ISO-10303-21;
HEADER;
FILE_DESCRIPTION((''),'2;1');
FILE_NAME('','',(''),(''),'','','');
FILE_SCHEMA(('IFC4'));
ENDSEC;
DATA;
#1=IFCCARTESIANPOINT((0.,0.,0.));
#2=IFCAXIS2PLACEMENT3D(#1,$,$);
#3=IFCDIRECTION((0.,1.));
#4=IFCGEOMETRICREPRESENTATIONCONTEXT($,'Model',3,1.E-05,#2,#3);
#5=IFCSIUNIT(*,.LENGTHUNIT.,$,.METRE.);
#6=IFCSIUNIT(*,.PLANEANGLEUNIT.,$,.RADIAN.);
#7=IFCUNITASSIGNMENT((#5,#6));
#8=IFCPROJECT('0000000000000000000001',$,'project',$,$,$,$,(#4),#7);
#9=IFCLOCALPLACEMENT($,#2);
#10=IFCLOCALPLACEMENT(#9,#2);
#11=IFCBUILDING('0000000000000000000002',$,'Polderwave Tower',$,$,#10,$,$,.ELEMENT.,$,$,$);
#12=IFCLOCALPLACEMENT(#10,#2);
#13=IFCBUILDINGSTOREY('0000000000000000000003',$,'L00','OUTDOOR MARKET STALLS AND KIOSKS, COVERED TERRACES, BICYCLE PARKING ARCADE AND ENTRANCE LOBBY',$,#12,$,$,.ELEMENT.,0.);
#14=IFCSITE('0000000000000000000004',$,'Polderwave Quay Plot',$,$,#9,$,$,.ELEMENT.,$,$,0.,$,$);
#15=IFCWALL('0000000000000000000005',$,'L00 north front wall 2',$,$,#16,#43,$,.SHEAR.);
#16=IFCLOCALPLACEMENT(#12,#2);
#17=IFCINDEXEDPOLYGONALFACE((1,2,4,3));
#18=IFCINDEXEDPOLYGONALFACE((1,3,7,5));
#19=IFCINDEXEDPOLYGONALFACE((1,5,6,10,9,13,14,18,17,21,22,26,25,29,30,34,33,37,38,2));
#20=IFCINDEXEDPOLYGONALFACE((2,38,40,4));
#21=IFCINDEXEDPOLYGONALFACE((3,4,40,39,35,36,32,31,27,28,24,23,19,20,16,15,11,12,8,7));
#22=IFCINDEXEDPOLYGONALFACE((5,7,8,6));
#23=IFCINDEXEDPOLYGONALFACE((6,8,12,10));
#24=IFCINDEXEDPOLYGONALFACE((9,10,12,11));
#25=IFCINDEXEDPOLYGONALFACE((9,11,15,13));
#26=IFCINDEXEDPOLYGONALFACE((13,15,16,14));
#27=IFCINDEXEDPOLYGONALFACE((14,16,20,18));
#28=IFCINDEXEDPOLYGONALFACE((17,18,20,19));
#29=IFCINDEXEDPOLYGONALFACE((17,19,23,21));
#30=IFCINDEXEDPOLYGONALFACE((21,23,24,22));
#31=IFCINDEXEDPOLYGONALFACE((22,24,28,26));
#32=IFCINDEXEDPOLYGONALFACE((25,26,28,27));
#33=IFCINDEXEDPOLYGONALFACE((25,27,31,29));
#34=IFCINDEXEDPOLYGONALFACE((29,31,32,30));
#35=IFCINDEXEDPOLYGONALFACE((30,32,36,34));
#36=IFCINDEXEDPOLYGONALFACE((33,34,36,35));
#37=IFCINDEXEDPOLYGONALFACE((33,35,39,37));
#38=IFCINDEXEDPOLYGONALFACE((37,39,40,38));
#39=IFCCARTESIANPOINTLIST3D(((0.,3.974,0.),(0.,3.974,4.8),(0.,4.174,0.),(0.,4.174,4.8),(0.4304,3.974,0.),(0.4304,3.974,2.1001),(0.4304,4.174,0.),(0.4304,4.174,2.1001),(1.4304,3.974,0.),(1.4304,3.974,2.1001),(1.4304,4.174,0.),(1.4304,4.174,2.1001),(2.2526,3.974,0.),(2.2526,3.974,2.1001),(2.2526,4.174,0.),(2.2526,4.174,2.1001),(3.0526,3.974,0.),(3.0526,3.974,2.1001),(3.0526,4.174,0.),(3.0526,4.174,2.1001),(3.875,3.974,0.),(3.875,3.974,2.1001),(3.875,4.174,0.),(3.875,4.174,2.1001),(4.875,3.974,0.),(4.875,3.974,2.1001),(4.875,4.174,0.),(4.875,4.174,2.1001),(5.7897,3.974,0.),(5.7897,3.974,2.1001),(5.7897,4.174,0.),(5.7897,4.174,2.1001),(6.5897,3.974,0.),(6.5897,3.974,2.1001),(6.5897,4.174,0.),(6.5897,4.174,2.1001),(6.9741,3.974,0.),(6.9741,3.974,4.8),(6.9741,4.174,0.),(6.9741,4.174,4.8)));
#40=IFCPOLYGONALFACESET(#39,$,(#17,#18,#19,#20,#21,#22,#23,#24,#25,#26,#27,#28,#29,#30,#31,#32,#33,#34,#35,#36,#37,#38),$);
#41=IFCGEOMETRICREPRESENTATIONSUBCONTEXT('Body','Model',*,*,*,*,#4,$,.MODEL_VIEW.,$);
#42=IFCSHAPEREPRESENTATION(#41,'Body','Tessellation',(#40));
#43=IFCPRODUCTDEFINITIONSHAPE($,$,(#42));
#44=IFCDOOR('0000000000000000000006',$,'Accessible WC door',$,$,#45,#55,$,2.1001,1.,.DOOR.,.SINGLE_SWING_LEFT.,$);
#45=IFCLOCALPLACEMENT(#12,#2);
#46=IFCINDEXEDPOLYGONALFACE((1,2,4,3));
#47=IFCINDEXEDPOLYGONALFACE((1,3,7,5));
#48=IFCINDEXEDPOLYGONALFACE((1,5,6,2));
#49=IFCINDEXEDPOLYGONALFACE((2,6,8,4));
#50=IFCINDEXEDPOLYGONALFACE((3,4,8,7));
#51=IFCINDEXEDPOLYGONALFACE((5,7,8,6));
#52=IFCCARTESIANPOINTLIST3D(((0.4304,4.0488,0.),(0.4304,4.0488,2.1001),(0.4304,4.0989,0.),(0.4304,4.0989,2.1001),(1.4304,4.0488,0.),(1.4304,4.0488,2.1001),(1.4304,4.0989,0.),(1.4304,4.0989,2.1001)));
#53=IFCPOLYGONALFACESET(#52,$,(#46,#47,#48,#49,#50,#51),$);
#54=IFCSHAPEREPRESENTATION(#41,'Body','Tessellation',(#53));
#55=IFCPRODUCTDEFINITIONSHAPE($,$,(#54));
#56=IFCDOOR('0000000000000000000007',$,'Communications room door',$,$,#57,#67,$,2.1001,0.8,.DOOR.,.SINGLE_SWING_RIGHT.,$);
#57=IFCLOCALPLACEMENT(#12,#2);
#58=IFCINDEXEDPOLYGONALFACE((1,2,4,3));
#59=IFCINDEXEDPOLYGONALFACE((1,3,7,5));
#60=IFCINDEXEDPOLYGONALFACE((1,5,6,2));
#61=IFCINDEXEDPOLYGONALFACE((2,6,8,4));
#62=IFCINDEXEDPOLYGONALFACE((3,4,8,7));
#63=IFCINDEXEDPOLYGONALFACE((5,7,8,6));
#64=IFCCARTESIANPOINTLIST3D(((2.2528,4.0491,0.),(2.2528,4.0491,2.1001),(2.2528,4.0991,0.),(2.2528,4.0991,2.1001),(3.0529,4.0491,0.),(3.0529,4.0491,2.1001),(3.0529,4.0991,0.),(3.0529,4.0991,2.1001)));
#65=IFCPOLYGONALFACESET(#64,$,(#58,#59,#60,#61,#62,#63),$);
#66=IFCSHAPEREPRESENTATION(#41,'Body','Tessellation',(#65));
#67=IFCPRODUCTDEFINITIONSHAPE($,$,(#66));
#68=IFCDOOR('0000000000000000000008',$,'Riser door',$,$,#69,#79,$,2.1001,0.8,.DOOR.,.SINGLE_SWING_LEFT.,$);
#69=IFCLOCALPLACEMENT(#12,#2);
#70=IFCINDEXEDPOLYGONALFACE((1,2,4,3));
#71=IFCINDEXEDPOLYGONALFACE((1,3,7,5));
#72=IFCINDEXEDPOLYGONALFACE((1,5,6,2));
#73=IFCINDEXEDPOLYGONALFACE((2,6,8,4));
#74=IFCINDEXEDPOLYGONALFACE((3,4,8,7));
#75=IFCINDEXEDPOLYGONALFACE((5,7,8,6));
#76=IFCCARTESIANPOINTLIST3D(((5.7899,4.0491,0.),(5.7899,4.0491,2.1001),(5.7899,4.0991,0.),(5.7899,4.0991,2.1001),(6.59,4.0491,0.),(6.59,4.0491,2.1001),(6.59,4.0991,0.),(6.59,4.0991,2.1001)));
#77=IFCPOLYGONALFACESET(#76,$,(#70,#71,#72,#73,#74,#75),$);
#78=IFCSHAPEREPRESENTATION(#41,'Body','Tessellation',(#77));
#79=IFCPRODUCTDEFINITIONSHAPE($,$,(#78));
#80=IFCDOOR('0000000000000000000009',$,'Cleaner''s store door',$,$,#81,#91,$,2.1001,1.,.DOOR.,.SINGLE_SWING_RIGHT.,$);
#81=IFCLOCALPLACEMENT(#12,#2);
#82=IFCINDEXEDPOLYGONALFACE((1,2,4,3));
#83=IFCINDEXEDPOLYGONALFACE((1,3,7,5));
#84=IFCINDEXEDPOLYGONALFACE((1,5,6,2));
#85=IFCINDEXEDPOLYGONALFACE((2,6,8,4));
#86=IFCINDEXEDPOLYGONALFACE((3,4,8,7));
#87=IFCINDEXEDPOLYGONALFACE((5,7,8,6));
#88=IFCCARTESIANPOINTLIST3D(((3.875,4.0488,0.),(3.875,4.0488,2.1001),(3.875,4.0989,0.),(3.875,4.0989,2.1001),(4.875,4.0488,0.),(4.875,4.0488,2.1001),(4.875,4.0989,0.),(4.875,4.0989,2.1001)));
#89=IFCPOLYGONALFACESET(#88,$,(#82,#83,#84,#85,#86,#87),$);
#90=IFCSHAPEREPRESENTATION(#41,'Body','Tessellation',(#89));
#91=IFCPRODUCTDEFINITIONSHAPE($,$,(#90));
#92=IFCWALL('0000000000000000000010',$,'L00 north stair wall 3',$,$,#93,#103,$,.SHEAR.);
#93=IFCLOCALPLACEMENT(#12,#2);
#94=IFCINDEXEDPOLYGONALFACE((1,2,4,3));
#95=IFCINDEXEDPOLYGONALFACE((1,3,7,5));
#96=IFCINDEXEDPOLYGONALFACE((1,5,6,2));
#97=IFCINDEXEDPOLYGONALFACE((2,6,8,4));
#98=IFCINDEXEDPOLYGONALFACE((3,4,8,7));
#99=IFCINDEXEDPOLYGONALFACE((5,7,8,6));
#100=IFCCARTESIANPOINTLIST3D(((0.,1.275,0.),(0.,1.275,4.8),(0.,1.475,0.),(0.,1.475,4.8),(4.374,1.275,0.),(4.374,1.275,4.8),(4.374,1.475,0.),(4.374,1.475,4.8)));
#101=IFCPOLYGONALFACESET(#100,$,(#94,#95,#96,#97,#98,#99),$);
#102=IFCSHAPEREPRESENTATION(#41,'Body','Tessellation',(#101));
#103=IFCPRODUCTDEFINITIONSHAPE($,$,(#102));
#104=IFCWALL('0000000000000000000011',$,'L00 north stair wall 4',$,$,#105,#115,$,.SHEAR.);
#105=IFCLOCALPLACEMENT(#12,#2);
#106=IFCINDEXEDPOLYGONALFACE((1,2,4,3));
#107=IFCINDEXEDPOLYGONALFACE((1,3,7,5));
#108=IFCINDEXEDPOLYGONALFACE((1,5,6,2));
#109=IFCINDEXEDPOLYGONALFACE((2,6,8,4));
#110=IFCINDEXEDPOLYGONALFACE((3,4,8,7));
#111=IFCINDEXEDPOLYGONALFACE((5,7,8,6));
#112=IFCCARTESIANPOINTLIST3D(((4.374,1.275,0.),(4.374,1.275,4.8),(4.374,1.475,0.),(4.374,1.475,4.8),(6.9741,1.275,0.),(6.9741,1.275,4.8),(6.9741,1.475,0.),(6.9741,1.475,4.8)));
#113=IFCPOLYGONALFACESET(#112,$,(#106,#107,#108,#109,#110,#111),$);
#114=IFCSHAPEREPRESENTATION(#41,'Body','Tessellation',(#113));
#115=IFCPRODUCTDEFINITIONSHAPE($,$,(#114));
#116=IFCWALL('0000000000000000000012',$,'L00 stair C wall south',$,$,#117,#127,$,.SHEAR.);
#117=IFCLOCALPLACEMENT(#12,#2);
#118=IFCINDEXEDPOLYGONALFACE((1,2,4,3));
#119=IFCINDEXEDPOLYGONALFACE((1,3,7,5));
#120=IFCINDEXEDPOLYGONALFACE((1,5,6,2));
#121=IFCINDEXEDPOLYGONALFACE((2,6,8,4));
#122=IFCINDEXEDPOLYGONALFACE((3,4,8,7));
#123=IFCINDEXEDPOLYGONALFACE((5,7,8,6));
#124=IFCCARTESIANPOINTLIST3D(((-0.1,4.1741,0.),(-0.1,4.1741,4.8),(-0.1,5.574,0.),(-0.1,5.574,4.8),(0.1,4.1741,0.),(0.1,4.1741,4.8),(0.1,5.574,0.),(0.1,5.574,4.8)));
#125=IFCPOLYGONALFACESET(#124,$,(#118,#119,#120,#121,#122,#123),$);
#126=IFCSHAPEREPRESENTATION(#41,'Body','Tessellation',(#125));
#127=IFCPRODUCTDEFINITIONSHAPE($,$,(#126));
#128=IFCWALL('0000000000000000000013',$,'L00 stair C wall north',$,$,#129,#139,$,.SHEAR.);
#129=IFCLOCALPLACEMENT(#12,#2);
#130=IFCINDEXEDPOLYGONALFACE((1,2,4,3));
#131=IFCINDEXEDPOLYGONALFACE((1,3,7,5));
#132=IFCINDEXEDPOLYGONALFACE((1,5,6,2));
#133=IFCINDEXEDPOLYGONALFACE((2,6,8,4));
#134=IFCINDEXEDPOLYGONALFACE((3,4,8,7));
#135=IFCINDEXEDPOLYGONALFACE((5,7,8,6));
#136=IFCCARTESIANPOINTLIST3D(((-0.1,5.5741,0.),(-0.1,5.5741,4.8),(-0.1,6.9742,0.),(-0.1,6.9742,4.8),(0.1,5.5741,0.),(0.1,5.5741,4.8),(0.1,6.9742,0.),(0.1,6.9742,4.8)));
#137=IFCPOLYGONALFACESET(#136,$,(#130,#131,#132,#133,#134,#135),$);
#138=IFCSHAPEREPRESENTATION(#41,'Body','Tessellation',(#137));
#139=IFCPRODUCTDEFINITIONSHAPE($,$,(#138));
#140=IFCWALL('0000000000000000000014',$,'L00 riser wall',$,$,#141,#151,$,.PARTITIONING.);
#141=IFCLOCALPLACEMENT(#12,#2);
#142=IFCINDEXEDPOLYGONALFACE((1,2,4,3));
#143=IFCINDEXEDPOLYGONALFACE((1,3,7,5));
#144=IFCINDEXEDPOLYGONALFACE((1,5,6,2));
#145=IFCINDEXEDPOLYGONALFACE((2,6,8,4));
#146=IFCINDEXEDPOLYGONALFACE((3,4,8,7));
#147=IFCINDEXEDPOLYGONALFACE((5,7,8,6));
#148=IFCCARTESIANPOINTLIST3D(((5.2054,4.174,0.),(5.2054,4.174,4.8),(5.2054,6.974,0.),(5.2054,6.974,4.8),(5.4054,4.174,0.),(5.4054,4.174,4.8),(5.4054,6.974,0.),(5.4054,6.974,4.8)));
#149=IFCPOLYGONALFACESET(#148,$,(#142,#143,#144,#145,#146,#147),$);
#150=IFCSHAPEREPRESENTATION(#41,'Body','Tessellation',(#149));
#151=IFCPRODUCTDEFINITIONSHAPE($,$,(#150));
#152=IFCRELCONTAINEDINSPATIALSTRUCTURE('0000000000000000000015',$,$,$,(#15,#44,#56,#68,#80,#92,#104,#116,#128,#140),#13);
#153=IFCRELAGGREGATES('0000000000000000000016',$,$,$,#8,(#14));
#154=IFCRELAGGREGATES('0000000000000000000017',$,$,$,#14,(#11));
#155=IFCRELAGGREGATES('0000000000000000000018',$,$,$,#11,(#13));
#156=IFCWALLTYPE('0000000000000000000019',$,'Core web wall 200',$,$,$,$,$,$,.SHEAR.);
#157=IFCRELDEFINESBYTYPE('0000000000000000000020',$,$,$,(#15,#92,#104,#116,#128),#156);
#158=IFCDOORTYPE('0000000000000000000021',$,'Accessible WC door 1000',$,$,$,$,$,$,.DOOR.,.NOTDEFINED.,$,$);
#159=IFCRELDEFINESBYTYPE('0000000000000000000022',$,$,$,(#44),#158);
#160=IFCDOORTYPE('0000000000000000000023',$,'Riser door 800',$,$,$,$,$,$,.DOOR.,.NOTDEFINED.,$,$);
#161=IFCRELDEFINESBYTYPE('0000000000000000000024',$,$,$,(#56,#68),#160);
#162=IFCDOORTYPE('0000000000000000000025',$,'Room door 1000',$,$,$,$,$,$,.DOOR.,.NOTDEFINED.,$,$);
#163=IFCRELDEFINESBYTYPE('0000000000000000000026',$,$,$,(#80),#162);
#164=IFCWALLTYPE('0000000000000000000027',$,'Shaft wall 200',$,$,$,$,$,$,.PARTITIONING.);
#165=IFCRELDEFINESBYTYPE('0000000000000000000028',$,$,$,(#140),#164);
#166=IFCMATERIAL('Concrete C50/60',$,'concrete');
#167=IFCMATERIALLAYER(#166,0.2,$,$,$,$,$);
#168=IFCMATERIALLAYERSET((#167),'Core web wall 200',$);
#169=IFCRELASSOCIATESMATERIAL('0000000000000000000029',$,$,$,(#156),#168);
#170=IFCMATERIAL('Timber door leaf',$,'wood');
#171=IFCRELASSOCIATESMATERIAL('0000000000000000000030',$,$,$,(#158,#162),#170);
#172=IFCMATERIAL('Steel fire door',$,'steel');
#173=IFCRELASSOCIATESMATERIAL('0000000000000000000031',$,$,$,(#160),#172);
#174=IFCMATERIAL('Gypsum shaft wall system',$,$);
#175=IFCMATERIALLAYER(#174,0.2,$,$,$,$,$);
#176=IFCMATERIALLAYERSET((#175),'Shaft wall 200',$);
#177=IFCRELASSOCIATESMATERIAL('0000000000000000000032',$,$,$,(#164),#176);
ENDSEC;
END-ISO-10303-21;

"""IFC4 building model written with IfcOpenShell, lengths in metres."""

from ifc_helpers import new_model, si_unit, direction, frame, frame_2d, origin, place, context, subcontext, project, spatial, rectangle, extrude, material, layer, layer_set, type_object, element, fill, save


model = new_model("IFC4")

# Units and contexts
model_context = context("Model", 3, precision=1e-05, world=origin(), true_north=direction((0.0, 1.0)))
body_context = subcontext(model_context, "Body", "Model", "MODEL_VIEW")
ifc_project = project(units=[si_unit("LENGTHUNIT", "METRE"), si_unit("PLANEANGLEUNIT", "RADIAN")], contexts=[model_context])

# Site, building, storey
site_placement = place(None, origin())
site = spatial("IfcSite", under=ifc_project, at=site_placement, Name="Polderwave Quay Plot", CompositionType="ELEMENT", RefElevation=0.0)
building_placement = place(site_placement, origin())
building = spatial("IfcBuilding", under=site, at=building_placement, Name="Polderwave Tower", CompositionType="ELEMENT")
storey_placement = place(building_placement, origin())
storey = spatial("IfcBuildingStorey", under=building, at=storey_placement, Name="L00", Description="OUTDOOR MARKET STALLS AND KIOSKS, COVERED TERRACES, BICYCLE PARKING ARCADE AND ENTRANCE LOBBY", CompositionType="ELEMENT", Elevation=0.0)

# Wall, openings, doors
ifc_material_1 = material(Name="Concrete C50/60", Category="concrete")
ifc_layer_1 = layer(ifc_material_1, 0.2)
ifc_layer_set_1 = layer_set([ifc_layer_1], Name="Core web wall 200")
wall_type_1 = type_object("IfcWallType", Name="Core web wall 200", PredefinedType="SHEAR", material=ifc_layer_set_1)
wall_1_placement = place(storey_placement, frame((0.0, 4.074, 0.0), z_axis=(0.0, 0.0, 1.0), x_axis=(1.0, 0.0, 0.0)))
wall_1 = element("IfcWall", 1, at=wall_1_placement, inside=storey, type_object=wall_type_1, Name="L00 north front wall 2", PredefinedType="SHEAR", context=body_context, shape_type="SweptSolid", body=[
    extrude(rectangle(XDim=6.9741, YDim=0.2, at=frame_2d((3.4871, 0.0))), origin(), (0.0, 0.0, 1.0), 4.8),
])
opening_1_placement = place(wall_1_placement, frame((0.4304, 0.0, 0.0)))
opening_1 = element("IfcOpeningElement", 2, at=opening_1_placement, cuts=wall_1, PredefinedType="OPENING", context=body_context, shape_type="SweptSolid", body=[
    extrude(rectangle(XDim=1.0, YDim=2.1001, at=frame_2d((0.5, 1.05))), frame((0.0, 0.1099, 0.0), z_axis=(0.0, -1.0, 0.0), x_axis=(1.0, 0.0, 0.0)), (0.0, 0.0, 1.0), 0.22),
])
opening_2_placement = place(wall_1_placement, frame((2.2527, 0.0, 0.0)))
opening_2 = element("IfcOpeningElement", 3, at=opening_2_placement, cuts=wall_1, PredefinedType="OPENING", context=body_context, shape_type="SweptSolid", body=[
    extrude(rectangle(XDim=0.8, YDim=2.1001, at=frame_2d((0.3999, 1.05))), frame((0.0, 0.1099, 0.0), z_axis=(0.0, -1.0, 0.0), x_axis=(1.0, 0.0, 0.0)), (0.0, 0.0, 1.0), 0.22),
])
opening_3_placement = place(wall_1_placement, frame((3.875, 0.0, 0.0)))
opening_3 = element("IfcOpeningElement", 4, at=opening_3_placement, cuts=wall_1, PredefinedType="OPENING", context=body_context, shape_type="SweptSolid", body=[
    extrude(rectangle(XDim=1.0, YDim=2.1001, at=frame_2d((0.5, 1.05))), frame((0.0, 0.1099, 0.0), z_axis=(0.0, -1.0, 0.0), x_axis=(1.0, 0.0, 0.0)), (0.0, 0.0, 1.0), 0.22),
])
opening_4_placement = place(wall_1_placement, frame((5.7898, 0.0, 0.0)))
opening_4 = element("IfcOpeningElement", 5, at=opening_4_placement, cuts=wall_1, PredefinedType="OPENING", context=body_context, shape_type="SweptSolid", body=[
    extrude(rectangle(XDim=0.8, YDim=2.1001, at=frame_2d((0.3999, 1.05))), frame((0.0, 0.1099, 0.0), z_axis=(0.0, -1.0, 0.0), x_axis=(1.0, 0.0, 0.0)), (0.0, 0.0, 1.0), 0.22),
])
ifc_material_2 = material(Name="Timber door leaf", Category="wood")
door_type_1 = type_object("IfcDoorType", Name="Accessible WC door 1000", OperationType="NOTDEFINED", PredefinedType="DOOR", material=ifc_material_2)
door_1_placement = place(opening_1_placement, origin())
door_1 = element("IfcDoor", 6, at=door_1_placement, inside=storey, type_object=door_type_1, Name="Accessible WC door", OperationType="SINGLE_SWING_LEFT", OverallHeight=2.1001, OverallWidth=1.0, PredefinedType="DOOR", context=body_context, shape_type="SweptSolid", body=[
    extrude(rectangle(XDim=1.0, YDim=2.1001, at=frame_2d((0.5, 1.05))), frame((0.0, 0.0249, 0.0), z_axis=(0.0, -1.0, 0.0), x_axis=(1.0, 0.0, 0.0)), (0.0, 0.0, 1.0), 0.05),
])
fill(opening_1, door_1)
ifc_material_3 = material(Name="Steel fire door", Category="steel")
door_type_2 = type_object("IfcDoorType", Name="Riser door 800", OperationType="NOTDEFINED", PredefinedType="DOOR", material=ifc_material_3)
door_2_placement = place(opening_2_placement, frame((0.8, 0.0, 0.0), z_axis=(0.0, 0.0, 1.0), x_axis=(-1.0, 0.0, 0.0)))
door_2 = element("IfcDoor", 7, at=door_2_placement, inside=storey, type_object=door_type_2, Name="Communications room door", OperationType="SINGLE_SWING_RIGHT", OverallHeight=2.1001, OverallWidth=0.8, PredefinedType="DOOR", context=body_context, shape_type="SweptSolid", body=[
    extrude(rectangle(XDim=0.8, YDim=2.1001, at=frame_2d((0.3999, 1.05))), frame((0.0, 0.0249, 0.0), z_axis=(0.0, -1.0, 0.0), x_axis=(1.0, 0.0, 0.0)), (0.0, 0.0, 1.0), 0.05),
])
fill(opening_2, door_2)
door_3_placement = place(opening_4_placement, frame((0.8, 0.0, 0.0), z_axis=(0.0, 0.0, 1.0), x_axis=(-1.0, 0.0, 0.0)))
door_3 = element("IfcDoor", 8, at=door_3_placement, inside=storey, type_object=door_type_2, Name="Riser door", OperationType="SINGLE_SWING_LEFT", OverallHeight=2.1001, OverallWidth=0.8, PredefinedType="DOOR", context=body_context, shape_type="SweptSolid", body=[
    extrude(rectangle(XDim=0.8, YDim=2.1001, at=frame_2d((0.3999, 1.05))), frame((0.0, 0.0249, 0.0), z_axis=(0.0, -1.0, 0.0), x_axis=(1.0, 0.0, 0.0)), (0.0, 0.0, 1.0), 0.05),
])
fill(opening_4, door_3)
door_type_3 = type_object("IfcDoorType", Name="Room door 1000", OperationType="NOTDEFINED", PredefinedType="DOOR", material=ifc_material_2)
door_4_placement = place(opening_3_placement, origin())
door_4 = element("IfcDoor", 9, at=door_4_placement, inside=storey, type_object=door_type_3, Name="Cleaner's store door", OperationType="SINGLE_SWING_RIGHT", OverallHeight=2.1001, OverallWidth=1.0, PredefinedType="DOOR", context=body_context, shape_type="SweptSolid", body=[
    extrude(rectangle(XDim=1.0, YDim=2.1001, at=frame_2d((0.5, 1.05))), frame((0.0, 0.0249, 0.0), z_axis=(0.0, -1.0, 0.0), x_axis=(1.0, 0.0, 0.0)), (0.0, 0.0, 1.0), 0.05),
])
fill(opening_3, door_4)

# Walls
wall_2_placement = place(storey_placement, frame((0.0, 1.375, 0.0), z_axis=(0.0, 0.0, 1.0), x_axis=(1.0, 0.0, 0.0)))
element("IfcWall", 10, at=wall_2_placement, inside=storey, type_object=wall_type_1, Name="L00 north stair wall 3", PredefinedType="SHEAR", context=body_context, shape_type="SweptSolid", body=[
    extrude(rectangle(XDim=4.374, YDim=0.2, at=frame_2d((2.187, 0.0))), origin(), (0.0, 0.0, 1.0), 4.8),
])
wall_3_placement = place(storey_placement, frame((4.374, 1.375, 0.0), z_axis=(0.0, 0.0, 1.0), x_axis=(1.0, 0.0, 0.0)))
element("IfcWall", 11, at=wall_3_placement, inside=storey, type_object=wall_type_1, Name="L00 north stair wall 4", PredefinedType="SHEAR", context=body_context, shape_type="SweptSolid", body=[
    extrude(rectangle(XDim=2.6001, YDim=0.2, at=frame_2d((1.3, 0.0))), origin(), (0.0, 0.0, 1.0), 4.8),
])
wall_4_placement = place(storey_placement, frame((0.0, 4.1741, 0.0), z_axis=(0.0, 0.0, 1.0), x_axis=(0.0, 1.0, 0.0)))
element("IfcWall", 12, at=wall_4_placement, inside=storey, type_object=wall_type_1, Name="L00 stair C wall south", PredefinedType="SHEAR", context=body_context, shape_type="SweptSolid", body=[
    extrude(rectangle(XDim=1.3999, YDim=0.2, at=frame_2d((0.7, 0.0))), origin(), (0.0, 0.0, 1.0), 4.8),
])
wall_5_placement = place(storey_placement, frame((0.0, 5.574, 0.0), z_axis=(0.0, 0.0, 1.0), x_axis=(0.0, 1.0, 0.0)))
element("IfcWall", 13, at=wall_5_placement, inside=storey, type_object=wall_type_1, Name="L00 stair C wall north", PredefinedType="SHEAR", context=body_context, shape_type="SweptSolid", body=[
    extrude(rectangle(XDim=1.4001, YDim=0.2, at=frame_2d((0.7002, 0.0))), origin(), (0.0, 0.0, 1.0), 4.8),
])
ifc_material_4 = material(Name="Gypsum shaft wall system")
ifc_layer_2 = layer(ifc_material_4, 0.2)
ifc_layer_set_2 = layer_set([ifc_layer_2], Name="Shaft wall 200")
wall_type_2 = type_object("IfcWallType", Name="Shaft wall 200", PredefinedType="PARTITIONING", material=ifc_layer_set_2)
wall_6_placement = place(storey_placement, frame((5.3054, 4.1741, 0.0), z_axis=(0.0, 0.0, 1.0), x_axis=(0.0, 1.0, 0.0)))
element("IfcWall", 14, at=wall_6_placement, inside=storey, type_object=wall_type_2, Name="L00 riser wall", PredefinedType="PARTITIONING", context=body_context, shape_type="SweptSolid", body=[
    extrude(rectangle(XDim=2.8, YDim=0.2, at=frame_2d((1.3999, 0.0))), origin(), (0.0, 0.0, 1.0), 4.8),
])

save(model, "model.ifc")
